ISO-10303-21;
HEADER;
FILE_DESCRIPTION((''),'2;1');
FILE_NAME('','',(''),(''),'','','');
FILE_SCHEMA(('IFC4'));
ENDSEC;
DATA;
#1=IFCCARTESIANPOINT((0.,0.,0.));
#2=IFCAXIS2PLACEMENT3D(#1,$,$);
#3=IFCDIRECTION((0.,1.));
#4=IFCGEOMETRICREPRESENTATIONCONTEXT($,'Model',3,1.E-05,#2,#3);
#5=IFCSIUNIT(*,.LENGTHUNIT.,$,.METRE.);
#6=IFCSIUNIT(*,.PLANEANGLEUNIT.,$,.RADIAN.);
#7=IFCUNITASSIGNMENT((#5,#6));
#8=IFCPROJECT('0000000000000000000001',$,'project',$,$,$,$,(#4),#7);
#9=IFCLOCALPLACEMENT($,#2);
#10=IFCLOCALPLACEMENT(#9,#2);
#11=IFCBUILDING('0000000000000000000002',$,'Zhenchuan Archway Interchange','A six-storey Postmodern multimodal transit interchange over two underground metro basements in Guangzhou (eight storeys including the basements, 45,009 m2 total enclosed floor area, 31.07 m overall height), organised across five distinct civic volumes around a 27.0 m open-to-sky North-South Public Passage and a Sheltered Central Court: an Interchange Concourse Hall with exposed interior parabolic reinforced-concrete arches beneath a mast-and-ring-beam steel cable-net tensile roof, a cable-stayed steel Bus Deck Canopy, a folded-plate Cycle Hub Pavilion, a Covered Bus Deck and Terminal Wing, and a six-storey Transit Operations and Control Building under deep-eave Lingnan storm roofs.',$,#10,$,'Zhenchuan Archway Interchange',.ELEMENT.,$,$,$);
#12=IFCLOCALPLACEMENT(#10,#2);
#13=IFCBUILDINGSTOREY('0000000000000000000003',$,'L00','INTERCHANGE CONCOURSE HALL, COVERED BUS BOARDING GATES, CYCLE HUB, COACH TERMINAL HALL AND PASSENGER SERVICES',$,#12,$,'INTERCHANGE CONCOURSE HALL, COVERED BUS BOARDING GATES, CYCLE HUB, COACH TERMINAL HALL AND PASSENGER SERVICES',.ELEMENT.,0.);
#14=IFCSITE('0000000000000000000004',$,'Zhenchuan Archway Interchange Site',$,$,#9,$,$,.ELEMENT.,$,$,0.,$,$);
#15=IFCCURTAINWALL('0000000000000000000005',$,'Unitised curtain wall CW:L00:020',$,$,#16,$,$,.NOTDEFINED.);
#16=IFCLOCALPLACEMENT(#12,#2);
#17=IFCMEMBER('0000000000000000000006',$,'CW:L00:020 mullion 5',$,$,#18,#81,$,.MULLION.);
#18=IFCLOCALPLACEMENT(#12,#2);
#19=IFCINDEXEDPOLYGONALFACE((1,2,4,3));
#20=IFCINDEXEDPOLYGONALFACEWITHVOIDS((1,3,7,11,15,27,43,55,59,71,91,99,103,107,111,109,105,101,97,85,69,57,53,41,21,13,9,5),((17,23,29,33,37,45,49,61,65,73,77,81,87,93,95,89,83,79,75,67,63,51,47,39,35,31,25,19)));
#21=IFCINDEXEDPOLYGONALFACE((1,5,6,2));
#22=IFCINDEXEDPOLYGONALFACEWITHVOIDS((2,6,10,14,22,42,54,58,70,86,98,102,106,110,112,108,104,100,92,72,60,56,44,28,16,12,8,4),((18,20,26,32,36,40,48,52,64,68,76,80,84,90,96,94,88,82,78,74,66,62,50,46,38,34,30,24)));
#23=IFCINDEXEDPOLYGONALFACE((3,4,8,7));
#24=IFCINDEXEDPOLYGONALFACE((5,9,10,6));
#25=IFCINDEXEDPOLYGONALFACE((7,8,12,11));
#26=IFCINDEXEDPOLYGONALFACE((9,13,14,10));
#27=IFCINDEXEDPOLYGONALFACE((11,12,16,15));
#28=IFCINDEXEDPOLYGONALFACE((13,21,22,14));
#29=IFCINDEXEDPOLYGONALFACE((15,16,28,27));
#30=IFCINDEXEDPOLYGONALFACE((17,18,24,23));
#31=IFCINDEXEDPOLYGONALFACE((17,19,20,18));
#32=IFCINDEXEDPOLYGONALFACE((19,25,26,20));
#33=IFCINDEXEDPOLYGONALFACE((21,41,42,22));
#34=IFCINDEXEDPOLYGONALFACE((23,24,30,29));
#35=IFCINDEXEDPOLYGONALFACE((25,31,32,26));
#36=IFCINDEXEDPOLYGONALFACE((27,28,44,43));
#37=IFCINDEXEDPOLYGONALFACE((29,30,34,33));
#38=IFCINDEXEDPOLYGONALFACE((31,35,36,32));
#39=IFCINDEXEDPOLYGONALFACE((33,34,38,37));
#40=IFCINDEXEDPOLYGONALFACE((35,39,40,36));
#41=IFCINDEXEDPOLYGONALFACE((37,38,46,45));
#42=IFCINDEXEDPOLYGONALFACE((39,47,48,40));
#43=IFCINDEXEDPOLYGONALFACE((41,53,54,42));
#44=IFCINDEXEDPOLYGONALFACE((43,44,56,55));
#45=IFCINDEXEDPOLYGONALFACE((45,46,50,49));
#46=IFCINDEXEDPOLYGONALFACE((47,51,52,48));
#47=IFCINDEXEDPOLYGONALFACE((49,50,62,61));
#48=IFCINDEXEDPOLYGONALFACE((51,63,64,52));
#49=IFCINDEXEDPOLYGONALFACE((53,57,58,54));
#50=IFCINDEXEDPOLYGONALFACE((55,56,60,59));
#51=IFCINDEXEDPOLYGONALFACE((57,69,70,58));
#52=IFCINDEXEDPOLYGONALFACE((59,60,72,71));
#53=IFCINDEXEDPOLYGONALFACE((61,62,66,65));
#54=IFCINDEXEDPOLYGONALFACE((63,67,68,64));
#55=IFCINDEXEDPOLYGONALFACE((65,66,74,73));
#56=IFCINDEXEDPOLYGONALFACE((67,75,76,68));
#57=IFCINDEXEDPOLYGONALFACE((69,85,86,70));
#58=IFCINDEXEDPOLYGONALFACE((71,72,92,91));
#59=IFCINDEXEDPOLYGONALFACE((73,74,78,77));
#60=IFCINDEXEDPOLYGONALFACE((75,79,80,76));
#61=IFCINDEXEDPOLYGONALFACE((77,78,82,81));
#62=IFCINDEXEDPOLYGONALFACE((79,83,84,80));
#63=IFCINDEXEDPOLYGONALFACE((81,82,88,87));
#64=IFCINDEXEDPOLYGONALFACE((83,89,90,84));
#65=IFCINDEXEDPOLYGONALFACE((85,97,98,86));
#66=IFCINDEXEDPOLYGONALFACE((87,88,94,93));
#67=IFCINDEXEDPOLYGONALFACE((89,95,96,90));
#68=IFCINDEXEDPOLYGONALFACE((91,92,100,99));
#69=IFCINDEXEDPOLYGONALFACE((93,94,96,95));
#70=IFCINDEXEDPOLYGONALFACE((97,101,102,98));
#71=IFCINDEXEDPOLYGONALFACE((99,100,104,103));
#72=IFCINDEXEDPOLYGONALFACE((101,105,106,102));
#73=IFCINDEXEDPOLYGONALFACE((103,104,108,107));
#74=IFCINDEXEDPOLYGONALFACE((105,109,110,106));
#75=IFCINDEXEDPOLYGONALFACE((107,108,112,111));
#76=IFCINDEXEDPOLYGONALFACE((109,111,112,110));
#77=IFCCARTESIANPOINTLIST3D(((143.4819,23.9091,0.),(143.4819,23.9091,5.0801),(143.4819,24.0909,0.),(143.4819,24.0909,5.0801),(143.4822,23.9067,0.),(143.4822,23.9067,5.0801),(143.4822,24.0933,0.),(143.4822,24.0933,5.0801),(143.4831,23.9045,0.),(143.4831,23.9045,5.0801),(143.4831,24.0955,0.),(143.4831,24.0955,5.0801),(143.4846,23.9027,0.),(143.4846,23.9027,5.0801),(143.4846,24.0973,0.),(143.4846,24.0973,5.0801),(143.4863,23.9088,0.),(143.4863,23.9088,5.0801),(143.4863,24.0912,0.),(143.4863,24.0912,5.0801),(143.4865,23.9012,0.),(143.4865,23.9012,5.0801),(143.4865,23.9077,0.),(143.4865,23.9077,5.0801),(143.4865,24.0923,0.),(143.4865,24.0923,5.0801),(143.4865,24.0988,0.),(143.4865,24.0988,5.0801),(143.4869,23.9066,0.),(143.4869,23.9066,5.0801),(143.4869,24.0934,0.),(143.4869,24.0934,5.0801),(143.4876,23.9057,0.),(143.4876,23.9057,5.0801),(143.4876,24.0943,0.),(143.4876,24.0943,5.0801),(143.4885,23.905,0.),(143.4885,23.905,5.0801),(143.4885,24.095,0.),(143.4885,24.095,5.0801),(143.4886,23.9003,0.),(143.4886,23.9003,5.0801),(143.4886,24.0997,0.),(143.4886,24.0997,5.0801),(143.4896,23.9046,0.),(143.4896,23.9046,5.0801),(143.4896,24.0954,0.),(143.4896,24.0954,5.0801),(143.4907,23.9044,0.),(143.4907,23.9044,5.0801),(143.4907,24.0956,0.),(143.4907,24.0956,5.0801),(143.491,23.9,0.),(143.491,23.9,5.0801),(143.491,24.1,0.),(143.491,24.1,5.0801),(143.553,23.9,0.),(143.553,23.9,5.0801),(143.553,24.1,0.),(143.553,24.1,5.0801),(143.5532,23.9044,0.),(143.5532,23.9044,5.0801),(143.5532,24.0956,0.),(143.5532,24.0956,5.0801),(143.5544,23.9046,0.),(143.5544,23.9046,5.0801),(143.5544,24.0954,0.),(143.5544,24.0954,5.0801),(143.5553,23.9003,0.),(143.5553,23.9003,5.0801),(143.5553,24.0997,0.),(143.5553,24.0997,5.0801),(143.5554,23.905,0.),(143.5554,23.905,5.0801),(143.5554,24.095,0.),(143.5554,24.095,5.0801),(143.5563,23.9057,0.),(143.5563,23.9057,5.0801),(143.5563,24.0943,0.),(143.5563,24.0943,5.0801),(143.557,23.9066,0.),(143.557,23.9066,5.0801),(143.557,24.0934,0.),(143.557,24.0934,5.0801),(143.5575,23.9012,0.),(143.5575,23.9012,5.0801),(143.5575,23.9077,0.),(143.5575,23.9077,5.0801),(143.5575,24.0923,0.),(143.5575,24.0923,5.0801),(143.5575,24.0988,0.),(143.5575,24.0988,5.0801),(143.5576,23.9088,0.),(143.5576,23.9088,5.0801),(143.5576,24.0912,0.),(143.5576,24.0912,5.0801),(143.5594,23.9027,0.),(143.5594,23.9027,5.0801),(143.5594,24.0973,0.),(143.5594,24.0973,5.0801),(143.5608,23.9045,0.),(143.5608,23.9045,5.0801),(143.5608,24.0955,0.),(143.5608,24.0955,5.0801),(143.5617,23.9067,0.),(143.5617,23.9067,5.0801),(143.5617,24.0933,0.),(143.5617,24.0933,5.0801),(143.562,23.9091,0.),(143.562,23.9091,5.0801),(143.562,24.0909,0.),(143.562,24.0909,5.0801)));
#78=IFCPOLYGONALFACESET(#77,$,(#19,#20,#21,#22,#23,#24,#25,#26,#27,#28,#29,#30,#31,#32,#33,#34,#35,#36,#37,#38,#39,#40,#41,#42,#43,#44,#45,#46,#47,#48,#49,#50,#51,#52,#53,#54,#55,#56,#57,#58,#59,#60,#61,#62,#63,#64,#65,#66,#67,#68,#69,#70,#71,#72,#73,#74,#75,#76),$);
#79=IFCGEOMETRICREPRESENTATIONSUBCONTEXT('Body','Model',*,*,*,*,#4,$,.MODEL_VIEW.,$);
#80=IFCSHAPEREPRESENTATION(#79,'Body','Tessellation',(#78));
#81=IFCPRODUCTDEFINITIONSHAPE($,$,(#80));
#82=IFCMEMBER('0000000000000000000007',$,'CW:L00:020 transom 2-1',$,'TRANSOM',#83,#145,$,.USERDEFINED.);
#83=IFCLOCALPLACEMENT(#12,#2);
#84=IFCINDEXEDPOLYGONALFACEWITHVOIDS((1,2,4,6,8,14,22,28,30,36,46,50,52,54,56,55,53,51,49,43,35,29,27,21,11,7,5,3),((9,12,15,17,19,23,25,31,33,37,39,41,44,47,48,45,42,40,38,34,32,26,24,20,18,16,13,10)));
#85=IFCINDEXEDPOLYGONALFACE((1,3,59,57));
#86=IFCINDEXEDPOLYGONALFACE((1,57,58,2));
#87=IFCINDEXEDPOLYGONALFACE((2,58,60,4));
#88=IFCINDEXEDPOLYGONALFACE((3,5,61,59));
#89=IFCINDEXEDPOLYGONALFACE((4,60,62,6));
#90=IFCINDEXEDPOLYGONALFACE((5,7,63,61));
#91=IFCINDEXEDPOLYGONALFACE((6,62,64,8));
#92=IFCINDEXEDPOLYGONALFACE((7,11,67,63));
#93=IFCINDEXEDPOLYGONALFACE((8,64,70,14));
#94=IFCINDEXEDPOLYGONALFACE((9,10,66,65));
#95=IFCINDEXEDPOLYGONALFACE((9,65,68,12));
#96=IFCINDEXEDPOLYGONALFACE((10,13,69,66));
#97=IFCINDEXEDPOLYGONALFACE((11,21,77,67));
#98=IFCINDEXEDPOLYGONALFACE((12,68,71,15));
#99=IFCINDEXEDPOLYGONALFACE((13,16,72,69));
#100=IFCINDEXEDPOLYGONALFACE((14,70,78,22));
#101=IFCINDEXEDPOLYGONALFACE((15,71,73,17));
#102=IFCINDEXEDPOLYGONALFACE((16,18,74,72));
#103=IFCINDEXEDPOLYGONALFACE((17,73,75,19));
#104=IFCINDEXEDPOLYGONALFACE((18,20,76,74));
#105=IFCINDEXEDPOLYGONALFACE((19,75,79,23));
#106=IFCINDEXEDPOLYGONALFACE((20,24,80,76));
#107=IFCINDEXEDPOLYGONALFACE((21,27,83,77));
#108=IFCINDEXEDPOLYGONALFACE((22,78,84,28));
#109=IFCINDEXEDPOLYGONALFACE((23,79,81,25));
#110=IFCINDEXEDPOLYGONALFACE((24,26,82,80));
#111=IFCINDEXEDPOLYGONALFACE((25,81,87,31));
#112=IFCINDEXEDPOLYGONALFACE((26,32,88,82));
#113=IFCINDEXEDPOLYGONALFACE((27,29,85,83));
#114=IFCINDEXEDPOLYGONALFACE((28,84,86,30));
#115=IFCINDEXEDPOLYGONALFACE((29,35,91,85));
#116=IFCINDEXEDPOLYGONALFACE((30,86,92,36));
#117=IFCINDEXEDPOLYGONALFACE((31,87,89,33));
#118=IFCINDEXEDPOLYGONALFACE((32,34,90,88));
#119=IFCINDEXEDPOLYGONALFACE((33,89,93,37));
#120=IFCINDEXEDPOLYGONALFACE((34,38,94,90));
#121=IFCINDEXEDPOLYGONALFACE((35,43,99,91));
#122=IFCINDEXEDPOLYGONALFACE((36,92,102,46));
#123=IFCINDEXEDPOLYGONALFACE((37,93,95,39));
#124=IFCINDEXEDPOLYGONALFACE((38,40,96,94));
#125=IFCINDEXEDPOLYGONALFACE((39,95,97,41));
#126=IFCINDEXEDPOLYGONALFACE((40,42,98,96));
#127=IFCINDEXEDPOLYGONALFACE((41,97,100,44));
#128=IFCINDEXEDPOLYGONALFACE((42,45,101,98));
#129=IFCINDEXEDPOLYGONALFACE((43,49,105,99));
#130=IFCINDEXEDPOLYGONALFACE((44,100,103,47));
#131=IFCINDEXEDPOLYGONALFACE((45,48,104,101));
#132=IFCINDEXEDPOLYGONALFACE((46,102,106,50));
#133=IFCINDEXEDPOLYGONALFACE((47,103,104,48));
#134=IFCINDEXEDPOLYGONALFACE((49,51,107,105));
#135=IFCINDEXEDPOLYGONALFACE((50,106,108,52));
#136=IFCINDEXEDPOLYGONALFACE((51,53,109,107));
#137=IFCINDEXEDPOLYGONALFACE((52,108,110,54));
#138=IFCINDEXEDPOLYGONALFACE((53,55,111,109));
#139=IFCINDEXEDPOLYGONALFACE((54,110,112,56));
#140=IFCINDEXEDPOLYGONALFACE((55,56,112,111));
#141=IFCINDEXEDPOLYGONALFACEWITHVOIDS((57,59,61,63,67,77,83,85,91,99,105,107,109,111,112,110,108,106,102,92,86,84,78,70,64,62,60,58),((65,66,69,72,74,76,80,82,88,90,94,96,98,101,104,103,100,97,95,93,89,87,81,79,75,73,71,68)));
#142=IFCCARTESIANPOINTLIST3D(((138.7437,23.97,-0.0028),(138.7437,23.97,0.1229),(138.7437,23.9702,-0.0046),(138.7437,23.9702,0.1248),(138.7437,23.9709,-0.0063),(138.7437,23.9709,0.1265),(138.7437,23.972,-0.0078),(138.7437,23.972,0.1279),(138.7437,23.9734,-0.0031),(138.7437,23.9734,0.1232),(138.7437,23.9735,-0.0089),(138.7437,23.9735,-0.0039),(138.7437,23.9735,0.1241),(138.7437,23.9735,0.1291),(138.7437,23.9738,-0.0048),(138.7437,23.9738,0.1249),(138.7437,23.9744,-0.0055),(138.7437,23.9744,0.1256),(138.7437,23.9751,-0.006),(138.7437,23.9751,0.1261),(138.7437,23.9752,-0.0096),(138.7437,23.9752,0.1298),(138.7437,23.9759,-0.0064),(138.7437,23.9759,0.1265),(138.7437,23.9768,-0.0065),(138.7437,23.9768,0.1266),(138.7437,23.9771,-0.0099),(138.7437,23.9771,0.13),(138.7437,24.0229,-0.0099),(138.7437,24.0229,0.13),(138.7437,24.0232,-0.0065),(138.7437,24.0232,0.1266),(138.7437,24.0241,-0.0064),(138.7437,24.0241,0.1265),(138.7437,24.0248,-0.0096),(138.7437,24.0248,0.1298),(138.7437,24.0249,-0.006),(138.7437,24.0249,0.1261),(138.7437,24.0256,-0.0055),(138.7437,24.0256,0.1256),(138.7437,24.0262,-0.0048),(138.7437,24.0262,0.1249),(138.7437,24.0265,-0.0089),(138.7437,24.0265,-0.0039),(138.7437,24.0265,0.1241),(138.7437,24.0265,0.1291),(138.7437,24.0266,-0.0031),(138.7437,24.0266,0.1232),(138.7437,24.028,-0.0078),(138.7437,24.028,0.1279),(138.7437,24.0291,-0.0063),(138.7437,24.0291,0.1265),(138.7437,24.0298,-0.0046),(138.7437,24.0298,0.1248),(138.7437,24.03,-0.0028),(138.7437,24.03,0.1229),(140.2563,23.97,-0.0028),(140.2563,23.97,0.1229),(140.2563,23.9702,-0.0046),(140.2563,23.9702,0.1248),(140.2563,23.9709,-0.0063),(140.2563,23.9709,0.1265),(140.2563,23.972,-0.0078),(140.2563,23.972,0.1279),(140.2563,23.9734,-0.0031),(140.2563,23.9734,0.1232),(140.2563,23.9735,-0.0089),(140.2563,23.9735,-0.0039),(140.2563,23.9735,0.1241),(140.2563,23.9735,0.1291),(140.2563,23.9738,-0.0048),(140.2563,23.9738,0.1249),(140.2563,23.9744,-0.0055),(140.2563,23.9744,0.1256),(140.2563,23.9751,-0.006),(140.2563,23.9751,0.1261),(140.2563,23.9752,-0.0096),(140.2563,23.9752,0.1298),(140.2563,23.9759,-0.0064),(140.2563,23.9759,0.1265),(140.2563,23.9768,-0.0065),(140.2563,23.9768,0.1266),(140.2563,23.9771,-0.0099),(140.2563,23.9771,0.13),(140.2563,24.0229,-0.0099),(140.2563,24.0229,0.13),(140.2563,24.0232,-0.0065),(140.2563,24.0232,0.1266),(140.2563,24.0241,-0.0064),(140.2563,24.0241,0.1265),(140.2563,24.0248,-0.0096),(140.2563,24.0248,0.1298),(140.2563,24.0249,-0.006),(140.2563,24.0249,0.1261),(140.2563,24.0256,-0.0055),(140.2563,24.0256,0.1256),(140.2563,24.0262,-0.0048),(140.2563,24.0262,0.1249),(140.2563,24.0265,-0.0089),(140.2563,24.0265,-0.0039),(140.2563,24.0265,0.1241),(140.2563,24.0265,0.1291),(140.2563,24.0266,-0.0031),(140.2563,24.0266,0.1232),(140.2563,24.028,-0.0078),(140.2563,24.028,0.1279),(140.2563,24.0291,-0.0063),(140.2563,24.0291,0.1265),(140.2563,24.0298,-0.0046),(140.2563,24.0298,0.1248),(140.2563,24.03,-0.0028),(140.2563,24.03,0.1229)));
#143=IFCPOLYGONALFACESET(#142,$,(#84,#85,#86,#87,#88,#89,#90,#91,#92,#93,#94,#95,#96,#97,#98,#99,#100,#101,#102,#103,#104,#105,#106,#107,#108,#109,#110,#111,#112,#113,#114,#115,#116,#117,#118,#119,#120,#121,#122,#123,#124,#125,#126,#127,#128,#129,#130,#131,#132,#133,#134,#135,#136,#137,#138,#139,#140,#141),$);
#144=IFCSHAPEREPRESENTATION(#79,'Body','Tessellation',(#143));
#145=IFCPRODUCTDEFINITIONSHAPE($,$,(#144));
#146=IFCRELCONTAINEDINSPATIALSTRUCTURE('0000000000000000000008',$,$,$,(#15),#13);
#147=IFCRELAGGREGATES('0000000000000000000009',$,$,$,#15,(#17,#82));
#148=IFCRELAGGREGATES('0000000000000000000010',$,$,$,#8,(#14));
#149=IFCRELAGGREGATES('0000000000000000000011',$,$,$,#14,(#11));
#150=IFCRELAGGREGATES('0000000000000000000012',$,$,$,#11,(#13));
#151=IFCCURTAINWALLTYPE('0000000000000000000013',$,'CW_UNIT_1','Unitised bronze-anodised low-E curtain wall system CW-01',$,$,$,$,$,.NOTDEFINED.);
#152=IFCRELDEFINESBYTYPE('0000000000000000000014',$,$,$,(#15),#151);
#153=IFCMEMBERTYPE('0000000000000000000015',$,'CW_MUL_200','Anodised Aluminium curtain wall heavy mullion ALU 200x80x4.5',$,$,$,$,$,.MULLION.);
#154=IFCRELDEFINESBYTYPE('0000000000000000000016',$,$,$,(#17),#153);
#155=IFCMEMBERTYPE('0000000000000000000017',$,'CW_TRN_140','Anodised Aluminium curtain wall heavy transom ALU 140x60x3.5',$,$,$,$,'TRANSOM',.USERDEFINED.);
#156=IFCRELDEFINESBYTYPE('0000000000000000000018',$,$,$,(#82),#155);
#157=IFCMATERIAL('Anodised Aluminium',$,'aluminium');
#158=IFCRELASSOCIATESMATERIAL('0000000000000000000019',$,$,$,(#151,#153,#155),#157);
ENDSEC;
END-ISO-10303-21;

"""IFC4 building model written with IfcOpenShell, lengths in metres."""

from ifc_helpers import new_model, si_unit, direction, frame, origin, origin_2d, place, context, subcontext, project, spatial, hollow_rectangle, extrude, material, material_profile, profile_set, type_object, element, aggregate, save


model = new_model("IFC4")

# Units and contexts
model_context = context("Model", 3, precision=1e-05, world=origin(), true_north=direction((0.0, 1.0)))
body_context = subcontext(model_context, "Body", "Model", "MODEL_VIEW")
ifc_project = project(units=[si_unit("LENGTHUNIT", "METRE"), si_unit("PLANEANGLEUNIT", "RADIAN")], contexts=[model_context])

# Site, building, storey
site_placement = place(None, origin())
site = spatial("IfcSite", under=ifc_project, at=site_placement, Name="Zhenchuan Archway Interchange Site", CompositionType="ELEMENT", RefElevation=0.0)
building_placement = place(site_placement, origin())
building = spatial("IfcBuilding", under=site, at=building_placement, Name="Zhenchuan Archway Interchange", Description="A six-storey Postmodern multimodal transit interchange over two underground metro basements in Guangzhou (eight storeys including the basements, 45,009 m2 total enclosed floor area, 31.07 m overall height), organised across five distinct civic volumes around a 27.0 m open-to-sky North-South Public Passage and a Sheltered Central Court: an Interchange Concourse Hall with exposed interior parabolic reinforced-concrete arches beneath a mast-and-ring-beam steel cable-net tensile roof, a cable-stayed steel Bus Deck Canopy, a folded-plate Cycle Hub Pavilion, a Covered Bus Deck and Terminal Wing, and a six-storey Transit Operations and Control Building under deep-eave Lingnan storm roofs.", LongName="Zhenchuan Archway Interchange", CompositionType="ELEMENT")
storey_placement = place(building_placement, origin())
storey = spatial("IfcBuildingStorey", under=building, at=storey_placement, Name="L00", Description="INTERCHANGE CONCOURSE HALL, COVERED BUS BOARDING GATES, CYCLE HUB, COACH TERMINAL HALL AND PASSENGER SERVICES", LongName="INTERCHANGE CONCOURSE HALL, COVERED BUS BOARDING GATES, CYCLE HUB, COACH TERMINAL HALL AND PASSENGER SERVICES", CompositionType="ELEMENT", Elevation=0.0)

# Curtain wall, members
ifc_material_1 = material(Name="Anodised Aluminium", Category="aluminium")
curtain_wall_type = type_object("IfcCurtainWallType", Name="CW_UNIT_1", Description="Unitised bronze-anodised low-E curtain wall system CW-01", PredefinedType="NOTDEFINED", material=ifc_material_1)
curtain_wall_placement = place(storey_placement, origin())
curtain_wall = element("IfcCurtainWall", 1, at=curtain_wall_placement, inside=storey, type_object=curtain_wall_type, Name="Unitised curtain wall CW:L00:020", PredefinedType="NOTDEFINED")
ifc_material_profile_1 = material_profile(ifc_material_1, hollow_rectangle(XDim=0.0801, YDim=0.2, WallThickness=0.0044, InnerFilletRadius=0.0044, OuterFilletRadius=0.009, at=origin_2d()), Name="ALU 200x80x4.5")
ifc_profile_set_1 = profile_set([ifc_material_profile_1], Name="Anodised Aluminium")
member_type_1 = type_object("IfcMemberType", Name="CW_MUL_200", Description="Anodised Aluminium curtain wall heavy mullion ALU 200x80x4.5", PredefinedType="MULLION", material=ifc_profile_set_1)
member_1_placement = place(storey_placement, frame((143.522, 24.0, 0.0), z_axis=(0.0, 0.0, 1.0), x_axis=(1.0, 0.0, 0.0)))
member_1 = element("IfcMember", 2, at=member_1_placement, type_object=member_type_1, Name="CW:L00:020 mullion 5", PredefinedType="MULLION", context=body_context, shape_type="SweptSolid", body=[
    extrude(hollow_rectangle(XDim=0.0801, YDim=0.2, WallThickness=0.0044, InnerFilletRadius=0.0044, OuterFilletRadius=0.009, at=origin_2d()), origin(), (0.0, 0.0, 1.0), 5.0801),
])
ifc_material_profile_2 = material_profile(ifc_material_1, hollow_rectangle(XDim=0.0601, YDim=0.1399, WallThickness=0.0034, InnerFilletRadius=0.0034, OuterFilletRadius=0.0071, at=origin_2d()), Name="ALU 140x60x3.5")
ifc_profile_set_2 = profile_set([ifc_material_profile_2], Name="Anodised Aluminium")
member_type_2 = type_object("IfcMemberType", Name="CW_TRN_140", Description="Anodised Aluminium curtain wall heavy transom ALU 140x60x3.5", ElementType="TRANSOM", PredefinedType="USERDEFINED", material=ifc_profile_set_2)
member_2_placement = place(storey_placement, frame((138.7437, 24.0, 0.0601), z_axis=(1.0, 0.0, 0.0), x_axis=(0.0, 1.0, 0.0)))
member_2 = element("IfcMember", 3, at=member_2_placement, type_object=member_type_2, Name="CW:L00:020 transom 2-1", ObjectType="TRANSOM", PredefinedType="USERDEFINED", context=body_context, shape_type="SweptSolid", body=[
    extrude(hollow_rectangle(XDim=0.0601, YDim=0.1399, WallThickness=0.0034, InnerFilletRadius=0.0034, OuterFilletRadius=0.0071, at=origin_2d()), origin(), (0.0, 0.0, 1.0), 1.5127),
])
aggregate(curtain_wall, [member_1, member_2])

save(model, "model.ifc")
